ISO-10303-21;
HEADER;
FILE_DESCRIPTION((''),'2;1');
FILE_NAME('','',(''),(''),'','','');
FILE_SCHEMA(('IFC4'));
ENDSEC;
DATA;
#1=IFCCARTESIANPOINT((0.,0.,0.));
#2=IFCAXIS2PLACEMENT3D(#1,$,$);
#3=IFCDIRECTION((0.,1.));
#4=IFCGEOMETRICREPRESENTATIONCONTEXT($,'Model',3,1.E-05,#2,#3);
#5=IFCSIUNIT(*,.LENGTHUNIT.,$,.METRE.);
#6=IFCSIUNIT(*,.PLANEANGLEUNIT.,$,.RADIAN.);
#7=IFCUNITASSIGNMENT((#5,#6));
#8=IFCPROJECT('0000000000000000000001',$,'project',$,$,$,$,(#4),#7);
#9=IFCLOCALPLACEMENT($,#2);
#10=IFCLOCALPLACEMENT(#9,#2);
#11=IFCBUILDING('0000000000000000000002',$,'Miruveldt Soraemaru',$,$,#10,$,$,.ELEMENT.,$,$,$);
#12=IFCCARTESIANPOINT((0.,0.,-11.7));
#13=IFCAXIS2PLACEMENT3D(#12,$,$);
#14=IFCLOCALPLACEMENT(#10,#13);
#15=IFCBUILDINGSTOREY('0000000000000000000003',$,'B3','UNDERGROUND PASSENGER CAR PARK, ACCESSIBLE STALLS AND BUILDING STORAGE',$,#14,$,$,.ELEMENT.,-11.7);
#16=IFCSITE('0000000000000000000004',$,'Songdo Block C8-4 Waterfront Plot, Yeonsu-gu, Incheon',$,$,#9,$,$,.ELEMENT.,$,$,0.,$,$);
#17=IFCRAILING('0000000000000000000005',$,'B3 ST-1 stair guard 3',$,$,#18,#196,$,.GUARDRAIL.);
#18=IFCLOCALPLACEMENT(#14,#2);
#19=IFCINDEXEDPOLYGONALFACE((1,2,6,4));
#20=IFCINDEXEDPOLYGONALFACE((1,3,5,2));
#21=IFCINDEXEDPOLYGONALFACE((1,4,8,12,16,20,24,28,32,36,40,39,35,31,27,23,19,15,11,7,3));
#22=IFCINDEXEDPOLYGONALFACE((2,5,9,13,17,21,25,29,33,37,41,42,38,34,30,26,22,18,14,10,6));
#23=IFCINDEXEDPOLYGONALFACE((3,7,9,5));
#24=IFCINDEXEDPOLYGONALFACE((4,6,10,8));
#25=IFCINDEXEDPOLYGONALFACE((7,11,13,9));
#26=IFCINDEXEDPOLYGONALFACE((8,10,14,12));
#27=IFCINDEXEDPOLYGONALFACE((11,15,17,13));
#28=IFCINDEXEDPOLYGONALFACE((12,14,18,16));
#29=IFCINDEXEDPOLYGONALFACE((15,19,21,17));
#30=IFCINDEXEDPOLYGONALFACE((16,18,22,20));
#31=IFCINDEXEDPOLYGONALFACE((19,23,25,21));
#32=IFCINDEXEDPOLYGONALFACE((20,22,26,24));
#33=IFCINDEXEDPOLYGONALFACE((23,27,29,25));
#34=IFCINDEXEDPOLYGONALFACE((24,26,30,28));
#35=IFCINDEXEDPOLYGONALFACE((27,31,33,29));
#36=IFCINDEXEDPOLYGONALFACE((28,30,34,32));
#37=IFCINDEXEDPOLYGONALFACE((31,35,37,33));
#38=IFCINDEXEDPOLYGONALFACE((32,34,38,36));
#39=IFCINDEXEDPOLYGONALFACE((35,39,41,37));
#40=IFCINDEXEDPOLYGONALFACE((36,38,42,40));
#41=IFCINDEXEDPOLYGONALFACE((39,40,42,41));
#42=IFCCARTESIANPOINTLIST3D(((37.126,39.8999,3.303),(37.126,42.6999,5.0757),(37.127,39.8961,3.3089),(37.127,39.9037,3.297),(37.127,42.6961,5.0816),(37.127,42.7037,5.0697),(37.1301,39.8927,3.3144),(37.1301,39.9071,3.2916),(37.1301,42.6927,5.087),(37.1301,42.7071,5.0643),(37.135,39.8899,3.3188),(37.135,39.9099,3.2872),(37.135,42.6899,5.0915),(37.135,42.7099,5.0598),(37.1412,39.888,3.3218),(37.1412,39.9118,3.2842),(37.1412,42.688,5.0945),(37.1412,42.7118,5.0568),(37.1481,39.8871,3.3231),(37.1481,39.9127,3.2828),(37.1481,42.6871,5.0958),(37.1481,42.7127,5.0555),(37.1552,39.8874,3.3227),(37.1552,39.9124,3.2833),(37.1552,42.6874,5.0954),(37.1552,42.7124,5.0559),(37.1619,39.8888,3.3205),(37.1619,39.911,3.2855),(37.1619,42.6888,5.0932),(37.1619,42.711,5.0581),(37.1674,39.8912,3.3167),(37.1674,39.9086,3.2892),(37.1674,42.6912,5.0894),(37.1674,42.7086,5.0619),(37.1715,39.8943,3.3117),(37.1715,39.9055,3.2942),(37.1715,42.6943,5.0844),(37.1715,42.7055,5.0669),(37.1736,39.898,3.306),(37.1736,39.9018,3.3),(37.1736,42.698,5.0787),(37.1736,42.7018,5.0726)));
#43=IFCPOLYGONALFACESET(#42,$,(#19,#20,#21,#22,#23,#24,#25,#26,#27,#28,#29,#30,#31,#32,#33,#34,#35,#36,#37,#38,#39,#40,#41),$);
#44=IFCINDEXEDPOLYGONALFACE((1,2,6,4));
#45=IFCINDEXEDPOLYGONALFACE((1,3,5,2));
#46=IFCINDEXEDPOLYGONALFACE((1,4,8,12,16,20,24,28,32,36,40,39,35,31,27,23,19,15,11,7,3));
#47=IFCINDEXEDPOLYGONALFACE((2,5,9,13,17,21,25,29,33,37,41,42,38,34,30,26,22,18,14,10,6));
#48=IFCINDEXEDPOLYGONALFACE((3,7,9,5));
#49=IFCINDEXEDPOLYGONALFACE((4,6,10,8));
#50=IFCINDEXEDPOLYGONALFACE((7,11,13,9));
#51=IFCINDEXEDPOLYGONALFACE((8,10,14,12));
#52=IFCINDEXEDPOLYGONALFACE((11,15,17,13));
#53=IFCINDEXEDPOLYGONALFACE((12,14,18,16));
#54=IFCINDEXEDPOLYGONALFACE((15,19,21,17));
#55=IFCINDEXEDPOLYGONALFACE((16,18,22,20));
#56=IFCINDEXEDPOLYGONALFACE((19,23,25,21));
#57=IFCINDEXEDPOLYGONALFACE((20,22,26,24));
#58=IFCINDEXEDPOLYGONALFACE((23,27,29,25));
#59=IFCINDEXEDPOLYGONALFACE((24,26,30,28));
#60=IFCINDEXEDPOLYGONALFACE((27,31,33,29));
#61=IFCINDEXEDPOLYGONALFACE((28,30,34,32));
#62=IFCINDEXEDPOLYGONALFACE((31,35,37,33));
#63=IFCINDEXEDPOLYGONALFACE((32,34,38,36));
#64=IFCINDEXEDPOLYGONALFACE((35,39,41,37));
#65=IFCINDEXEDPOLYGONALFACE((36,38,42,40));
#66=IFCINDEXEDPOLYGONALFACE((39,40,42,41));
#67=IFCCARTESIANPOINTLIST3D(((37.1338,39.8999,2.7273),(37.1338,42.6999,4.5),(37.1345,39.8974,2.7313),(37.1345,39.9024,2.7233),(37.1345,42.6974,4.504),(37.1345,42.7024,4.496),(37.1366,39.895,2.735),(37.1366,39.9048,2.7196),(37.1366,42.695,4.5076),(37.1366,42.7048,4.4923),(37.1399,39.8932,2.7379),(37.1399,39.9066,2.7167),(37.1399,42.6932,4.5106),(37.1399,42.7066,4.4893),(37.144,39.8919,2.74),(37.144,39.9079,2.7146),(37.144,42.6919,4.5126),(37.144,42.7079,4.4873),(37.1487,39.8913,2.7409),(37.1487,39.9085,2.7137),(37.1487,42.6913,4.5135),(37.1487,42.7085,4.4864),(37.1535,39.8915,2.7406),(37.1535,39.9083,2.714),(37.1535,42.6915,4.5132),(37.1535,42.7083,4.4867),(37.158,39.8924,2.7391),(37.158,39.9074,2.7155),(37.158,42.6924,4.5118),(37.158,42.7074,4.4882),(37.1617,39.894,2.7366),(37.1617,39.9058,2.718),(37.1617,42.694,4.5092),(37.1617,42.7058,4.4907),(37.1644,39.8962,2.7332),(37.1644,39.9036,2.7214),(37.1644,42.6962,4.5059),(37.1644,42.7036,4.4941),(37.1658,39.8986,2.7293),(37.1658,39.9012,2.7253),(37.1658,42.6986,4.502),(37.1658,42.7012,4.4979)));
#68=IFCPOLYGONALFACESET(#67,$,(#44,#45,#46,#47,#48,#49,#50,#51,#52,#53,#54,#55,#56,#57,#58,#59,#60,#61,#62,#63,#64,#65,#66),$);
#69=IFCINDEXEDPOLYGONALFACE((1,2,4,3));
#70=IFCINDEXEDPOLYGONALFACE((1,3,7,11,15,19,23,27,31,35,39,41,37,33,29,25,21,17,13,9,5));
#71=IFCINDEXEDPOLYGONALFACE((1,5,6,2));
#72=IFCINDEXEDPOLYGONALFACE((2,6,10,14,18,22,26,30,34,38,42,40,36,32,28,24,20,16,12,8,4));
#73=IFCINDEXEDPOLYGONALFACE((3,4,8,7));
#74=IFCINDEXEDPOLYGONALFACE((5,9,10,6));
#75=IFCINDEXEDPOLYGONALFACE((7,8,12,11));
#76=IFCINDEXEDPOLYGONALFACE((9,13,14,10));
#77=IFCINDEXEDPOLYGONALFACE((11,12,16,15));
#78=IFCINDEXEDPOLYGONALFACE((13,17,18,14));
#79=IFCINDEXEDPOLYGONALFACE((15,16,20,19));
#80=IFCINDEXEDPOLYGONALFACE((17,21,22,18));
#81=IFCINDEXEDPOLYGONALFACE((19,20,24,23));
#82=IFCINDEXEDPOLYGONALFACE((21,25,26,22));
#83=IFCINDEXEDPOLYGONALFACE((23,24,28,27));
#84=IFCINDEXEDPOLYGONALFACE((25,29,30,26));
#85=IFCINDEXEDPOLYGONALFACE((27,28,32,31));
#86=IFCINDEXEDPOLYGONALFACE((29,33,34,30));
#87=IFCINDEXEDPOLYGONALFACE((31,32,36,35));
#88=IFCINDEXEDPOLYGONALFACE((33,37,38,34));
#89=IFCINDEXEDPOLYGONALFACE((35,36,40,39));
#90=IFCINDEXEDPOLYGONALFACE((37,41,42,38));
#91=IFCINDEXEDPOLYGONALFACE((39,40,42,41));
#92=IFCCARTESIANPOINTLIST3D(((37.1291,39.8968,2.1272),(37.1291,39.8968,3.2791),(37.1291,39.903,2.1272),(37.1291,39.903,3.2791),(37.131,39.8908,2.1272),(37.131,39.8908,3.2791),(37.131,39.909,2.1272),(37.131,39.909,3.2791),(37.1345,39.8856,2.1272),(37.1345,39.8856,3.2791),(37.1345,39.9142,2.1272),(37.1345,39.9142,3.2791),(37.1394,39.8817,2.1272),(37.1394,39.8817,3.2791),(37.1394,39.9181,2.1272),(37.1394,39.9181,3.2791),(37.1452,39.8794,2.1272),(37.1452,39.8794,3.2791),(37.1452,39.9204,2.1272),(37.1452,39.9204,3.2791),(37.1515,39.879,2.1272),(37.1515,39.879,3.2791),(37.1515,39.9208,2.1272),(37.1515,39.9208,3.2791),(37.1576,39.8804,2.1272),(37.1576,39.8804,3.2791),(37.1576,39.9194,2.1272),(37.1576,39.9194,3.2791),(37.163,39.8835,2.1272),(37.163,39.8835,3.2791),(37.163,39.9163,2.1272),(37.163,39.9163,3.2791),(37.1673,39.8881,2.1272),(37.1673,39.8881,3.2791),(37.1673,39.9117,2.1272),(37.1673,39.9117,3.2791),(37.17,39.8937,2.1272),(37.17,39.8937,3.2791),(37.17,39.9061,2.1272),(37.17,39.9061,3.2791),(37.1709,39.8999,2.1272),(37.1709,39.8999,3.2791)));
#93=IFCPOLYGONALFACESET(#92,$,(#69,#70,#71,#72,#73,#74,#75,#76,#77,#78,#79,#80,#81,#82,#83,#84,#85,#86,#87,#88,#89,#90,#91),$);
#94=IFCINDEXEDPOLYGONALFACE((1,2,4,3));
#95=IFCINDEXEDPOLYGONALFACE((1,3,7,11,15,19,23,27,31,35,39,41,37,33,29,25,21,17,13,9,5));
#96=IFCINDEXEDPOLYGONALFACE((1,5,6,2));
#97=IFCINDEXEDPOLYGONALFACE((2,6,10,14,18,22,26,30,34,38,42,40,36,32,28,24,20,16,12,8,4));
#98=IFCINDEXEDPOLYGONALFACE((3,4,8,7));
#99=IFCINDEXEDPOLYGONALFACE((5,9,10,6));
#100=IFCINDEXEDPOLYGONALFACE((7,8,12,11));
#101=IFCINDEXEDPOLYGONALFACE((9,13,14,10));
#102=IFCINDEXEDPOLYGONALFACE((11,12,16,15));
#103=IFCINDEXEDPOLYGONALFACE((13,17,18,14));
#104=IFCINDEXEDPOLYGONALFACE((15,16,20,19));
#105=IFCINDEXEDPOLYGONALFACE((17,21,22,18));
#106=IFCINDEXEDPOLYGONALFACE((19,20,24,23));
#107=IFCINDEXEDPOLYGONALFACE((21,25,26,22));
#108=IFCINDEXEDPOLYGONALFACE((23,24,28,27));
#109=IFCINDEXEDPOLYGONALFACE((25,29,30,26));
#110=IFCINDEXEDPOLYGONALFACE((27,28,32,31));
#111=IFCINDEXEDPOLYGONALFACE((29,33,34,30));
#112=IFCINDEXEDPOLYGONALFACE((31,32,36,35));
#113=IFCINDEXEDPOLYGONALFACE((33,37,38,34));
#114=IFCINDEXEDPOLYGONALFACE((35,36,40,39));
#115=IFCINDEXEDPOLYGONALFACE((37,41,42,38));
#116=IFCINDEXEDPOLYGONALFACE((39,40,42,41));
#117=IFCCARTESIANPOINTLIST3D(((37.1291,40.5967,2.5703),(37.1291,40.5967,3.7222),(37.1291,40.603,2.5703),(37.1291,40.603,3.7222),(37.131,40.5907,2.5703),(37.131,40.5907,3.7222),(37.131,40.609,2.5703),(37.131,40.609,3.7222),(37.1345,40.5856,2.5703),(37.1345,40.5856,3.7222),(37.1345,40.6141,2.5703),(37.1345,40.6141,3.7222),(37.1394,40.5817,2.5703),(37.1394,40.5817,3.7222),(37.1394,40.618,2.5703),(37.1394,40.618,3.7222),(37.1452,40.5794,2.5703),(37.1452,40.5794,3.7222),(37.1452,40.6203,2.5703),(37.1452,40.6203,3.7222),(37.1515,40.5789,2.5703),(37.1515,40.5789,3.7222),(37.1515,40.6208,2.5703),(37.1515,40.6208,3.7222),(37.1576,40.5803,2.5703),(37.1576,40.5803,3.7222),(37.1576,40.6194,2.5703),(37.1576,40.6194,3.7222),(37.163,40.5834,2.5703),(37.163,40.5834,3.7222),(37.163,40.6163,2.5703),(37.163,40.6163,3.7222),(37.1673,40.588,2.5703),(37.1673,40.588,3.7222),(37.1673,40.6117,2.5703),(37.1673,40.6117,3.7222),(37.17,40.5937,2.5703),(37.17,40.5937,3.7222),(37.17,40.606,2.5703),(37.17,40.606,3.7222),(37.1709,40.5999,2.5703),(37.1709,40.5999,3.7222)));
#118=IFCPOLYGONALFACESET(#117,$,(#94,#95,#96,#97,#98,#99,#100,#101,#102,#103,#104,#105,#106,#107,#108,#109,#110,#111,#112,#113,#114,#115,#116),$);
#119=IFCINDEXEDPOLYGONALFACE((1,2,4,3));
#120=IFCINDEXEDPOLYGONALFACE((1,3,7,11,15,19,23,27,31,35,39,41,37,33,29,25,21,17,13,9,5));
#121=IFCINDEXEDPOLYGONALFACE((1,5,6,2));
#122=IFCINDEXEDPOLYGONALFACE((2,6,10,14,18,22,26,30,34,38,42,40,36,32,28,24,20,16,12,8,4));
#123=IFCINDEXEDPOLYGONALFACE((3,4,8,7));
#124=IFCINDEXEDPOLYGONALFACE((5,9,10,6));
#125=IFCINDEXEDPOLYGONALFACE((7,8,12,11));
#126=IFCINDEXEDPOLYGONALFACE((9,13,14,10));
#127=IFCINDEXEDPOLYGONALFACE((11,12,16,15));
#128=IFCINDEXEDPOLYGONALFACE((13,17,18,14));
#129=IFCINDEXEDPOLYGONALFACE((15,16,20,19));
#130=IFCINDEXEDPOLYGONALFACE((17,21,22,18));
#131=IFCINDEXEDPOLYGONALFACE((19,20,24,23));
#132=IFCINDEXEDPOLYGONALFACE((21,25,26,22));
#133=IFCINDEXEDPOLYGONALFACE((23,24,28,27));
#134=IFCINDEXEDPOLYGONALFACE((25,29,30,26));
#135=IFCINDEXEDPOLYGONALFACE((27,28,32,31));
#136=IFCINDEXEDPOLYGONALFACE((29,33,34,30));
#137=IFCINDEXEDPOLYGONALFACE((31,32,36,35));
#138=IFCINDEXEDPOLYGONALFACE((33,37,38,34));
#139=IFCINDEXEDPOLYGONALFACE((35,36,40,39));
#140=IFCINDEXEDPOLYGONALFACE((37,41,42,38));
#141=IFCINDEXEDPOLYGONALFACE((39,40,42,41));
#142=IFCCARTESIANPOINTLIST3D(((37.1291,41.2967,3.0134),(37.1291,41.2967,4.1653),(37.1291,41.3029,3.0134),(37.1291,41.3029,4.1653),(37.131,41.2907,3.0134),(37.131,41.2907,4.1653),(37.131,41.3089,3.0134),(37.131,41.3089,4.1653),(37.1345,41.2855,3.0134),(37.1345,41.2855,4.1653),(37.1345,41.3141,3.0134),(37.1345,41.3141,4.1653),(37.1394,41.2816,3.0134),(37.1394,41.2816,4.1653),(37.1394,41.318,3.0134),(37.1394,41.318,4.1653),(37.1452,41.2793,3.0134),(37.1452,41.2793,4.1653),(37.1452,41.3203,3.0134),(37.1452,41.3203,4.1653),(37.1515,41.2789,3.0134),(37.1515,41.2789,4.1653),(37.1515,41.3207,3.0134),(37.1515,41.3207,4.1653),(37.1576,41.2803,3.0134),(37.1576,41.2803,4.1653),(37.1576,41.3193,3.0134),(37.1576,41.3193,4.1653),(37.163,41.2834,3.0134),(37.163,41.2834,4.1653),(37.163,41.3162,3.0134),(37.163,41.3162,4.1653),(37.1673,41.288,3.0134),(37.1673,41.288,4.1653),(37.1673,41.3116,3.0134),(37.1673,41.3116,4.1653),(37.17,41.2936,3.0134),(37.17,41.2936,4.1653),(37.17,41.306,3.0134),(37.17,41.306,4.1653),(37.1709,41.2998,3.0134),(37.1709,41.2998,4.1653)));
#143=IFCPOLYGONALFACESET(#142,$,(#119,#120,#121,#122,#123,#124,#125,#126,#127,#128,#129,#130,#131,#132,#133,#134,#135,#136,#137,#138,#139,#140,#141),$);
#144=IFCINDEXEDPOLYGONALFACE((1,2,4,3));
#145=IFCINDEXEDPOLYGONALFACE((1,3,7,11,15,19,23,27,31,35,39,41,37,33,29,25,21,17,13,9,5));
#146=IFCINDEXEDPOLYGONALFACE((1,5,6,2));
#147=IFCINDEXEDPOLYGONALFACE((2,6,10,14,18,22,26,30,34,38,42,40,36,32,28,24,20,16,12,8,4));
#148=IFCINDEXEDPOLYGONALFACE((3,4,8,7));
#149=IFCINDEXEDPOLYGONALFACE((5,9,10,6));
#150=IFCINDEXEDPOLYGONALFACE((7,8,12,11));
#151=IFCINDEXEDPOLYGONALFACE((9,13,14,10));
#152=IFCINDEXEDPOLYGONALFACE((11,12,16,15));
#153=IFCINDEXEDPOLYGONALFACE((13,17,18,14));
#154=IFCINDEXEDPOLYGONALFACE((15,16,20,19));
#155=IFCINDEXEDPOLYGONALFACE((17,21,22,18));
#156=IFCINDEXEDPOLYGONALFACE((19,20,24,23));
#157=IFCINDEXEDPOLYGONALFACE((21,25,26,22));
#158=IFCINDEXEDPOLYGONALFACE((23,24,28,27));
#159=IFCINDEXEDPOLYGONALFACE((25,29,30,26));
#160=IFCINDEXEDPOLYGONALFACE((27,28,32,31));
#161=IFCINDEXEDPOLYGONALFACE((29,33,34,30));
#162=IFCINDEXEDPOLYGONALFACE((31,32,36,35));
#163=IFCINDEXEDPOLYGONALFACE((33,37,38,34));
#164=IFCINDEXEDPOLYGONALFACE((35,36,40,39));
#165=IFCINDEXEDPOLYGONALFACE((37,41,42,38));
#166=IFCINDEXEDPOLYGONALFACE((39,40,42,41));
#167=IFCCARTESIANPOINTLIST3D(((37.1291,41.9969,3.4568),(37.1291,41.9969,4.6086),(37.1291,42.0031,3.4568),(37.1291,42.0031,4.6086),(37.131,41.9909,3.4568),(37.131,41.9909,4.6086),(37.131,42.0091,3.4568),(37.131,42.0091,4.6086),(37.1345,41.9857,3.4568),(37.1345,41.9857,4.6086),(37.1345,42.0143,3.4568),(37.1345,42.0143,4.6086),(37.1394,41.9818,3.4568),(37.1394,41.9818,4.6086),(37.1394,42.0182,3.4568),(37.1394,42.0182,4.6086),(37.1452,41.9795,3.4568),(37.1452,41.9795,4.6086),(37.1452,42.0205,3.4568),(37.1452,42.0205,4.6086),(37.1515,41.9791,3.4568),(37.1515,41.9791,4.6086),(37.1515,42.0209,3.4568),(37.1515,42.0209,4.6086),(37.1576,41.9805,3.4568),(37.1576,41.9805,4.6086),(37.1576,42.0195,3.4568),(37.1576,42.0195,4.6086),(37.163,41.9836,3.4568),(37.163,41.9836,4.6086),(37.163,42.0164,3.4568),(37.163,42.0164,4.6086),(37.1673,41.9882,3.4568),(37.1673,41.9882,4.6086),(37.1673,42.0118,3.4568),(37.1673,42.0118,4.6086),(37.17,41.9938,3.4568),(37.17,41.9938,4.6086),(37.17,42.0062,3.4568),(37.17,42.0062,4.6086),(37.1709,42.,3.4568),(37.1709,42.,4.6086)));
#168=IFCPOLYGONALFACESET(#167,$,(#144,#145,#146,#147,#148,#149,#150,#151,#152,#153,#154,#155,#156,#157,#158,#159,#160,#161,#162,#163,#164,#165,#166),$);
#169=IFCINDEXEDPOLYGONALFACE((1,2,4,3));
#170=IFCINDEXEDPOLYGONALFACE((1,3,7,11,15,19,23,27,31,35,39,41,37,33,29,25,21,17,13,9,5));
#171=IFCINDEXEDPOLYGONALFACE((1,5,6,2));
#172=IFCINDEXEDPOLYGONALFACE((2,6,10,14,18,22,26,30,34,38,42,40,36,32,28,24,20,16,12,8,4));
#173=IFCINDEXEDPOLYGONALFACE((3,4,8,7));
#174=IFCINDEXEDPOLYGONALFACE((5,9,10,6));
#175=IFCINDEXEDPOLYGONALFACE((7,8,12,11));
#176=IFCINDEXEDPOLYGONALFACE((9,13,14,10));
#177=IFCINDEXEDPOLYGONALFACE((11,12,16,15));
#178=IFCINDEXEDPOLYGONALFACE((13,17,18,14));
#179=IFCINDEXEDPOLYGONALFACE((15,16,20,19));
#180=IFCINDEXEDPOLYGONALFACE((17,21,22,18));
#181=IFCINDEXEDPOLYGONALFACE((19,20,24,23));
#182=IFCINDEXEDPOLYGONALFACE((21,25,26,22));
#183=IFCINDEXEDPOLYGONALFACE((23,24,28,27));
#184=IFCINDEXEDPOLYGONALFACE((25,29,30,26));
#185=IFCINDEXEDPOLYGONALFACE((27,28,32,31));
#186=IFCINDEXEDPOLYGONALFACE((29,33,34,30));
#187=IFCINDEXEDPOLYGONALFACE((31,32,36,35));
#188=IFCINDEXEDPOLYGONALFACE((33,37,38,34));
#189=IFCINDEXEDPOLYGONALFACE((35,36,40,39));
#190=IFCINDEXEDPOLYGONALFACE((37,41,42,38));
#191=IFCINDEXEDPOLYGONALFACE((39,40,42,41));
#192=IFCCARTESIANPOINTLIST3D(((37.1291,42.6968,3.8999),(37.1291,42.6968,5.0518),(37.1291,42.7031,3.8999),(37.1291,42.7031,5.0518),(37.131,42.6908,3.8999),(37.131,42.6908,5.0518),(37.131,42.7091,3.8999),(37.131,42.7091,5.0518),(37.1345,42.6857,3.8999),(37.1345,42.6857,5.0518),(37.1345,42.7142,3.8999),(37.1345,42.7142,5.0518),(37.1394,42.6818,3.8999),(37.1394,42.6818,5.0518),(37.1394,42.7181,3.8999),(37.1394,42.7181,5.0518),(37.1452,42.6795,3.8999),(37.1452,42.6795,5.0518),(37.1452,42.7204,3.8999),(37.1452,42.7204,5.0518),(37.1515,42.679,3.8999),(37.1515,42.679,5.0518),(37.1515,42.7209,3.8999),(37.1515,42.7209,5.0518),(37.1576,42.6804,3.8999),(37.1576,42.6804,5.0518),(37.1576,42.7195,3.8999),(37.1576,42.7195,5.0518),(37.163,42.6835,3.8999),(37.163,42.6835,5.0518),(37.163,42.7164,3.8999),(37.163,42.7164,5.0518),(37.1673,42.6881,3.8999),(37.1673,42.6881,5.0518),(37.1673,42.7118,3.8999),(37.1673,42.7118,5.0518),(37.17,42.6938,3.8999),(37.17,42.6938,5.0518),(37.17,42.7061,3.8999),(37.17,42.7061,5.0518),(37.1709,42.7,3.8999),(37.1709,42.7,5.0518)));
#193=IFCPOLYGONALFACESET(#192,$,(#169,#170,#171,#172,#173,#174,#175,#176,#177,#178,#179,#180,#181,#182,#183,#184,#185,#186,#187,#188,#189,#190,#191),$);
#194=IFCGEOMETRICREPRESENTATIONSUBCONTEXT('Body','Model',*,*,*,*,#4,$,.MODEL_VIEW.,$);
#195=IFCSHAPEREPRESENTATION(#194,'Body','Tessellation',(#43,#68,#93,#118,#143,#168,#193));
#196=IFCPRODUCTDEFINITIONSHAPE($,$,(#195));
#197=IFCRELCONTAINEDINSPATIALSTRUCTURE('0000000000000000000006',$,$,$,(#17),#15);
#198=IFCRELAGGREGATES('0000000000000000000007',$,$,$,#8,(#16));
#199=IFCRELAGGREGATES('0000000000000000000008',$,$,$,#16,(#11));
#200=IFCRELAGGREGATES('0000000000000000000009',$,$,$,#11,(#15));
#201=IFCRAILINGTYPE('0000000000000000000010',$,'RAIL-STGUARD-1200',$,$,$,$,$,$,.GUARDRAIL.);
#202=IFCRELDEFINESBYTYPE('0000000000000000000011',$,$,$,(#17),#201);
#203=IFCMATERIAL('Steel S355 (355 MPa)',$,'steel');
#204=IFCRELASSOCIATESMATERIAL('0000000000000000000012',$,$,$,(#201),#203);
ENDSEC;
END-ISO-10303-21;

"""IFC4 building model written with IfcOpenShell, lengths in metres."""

from ifc_helpers import new_model, si_unit, direction, frame, origin, origin_2d, place, context, subcontext, project, spatial, circle, extrude, material, type_object, element, save


model = new_model("IFC4")

# Units and contexts
model_context = context("Model", 3, precision=1e-05, world=origin(), true_north=direction((0.0, 1.0)))
body_context = subcontext(model_context, "Body", "Model", "MODEL_VIEW")
ifc_project = project(units=[si_unit("LENGTHUNIT", "METRE"), si_unit("PLANEANGLEUNIT", "RADIAN")], contexts=[model_context])

# Site, building, storey
site_placement = place(None, origin())
site = spatial("IfcSite", under=ifc_project, at=site_placement, Name="Songdo Block C8-4 Waterfront Plot, Yeonsu-gu, Incheon", CompositionType="ELEMENT", RefElevation=0.0)
building_placement = place(site_placement, origin())
building = spatial("IfcBuilding", under=site, at=building_placement, Name="Miruveldt Soraemaru", CompositionType="ELEMENT")
storey_placement = place(building_placement, frame((0.0, 0.0, -11.7)))
storey = spatial("IfcBuildingStorey", under=building, at=storey_placement, Name="B3", Description="UNDERGROUND PASSENGER CAR PARK, ACCESSIBLE STALLS AND BUILDING STORAGE", CompositionType="ELEMENT", Elevation=-11.7)

# Railing
ifc_material_1 = material(Name="Steel S355 (355 MPa)", Category="steel")
railing_type_1 = type_object("IfcRailingType", Name="RAIL-STGUARD-1200", PredefinedType="GUARDRAIL", material=ifc_material_1)
railing_1_placement = place(storey_placement, frame((37.1499, 39.8999, 2.1272)))
element("IfcRailing", 1, at=railing_1_placement, inside=storey, type_object=railing_type_1, Name="B3 ST-1 stair guard 3", PredefinedType="GUARDRAIL", context=body_context, shape_type="SweptSolid", body=[
    extrude(circle(Radius=0.0239, at=origin_2d()), frame((0.0, 0.0, 1.1758), z_axis=(0.0, 0.844909, 0.53491), x_axis=(-1.0, 0.0, 0.0)), (0.0, 0.0, 1.0), 3.314),
    extrude(circle(Radius=0.0161, at=origin_2d()), frame((0.0, 0.0, 0.6001), z_axis=(0.0, 0.844909, 0.53491), x_axis=(-1.0, 0.0, 0.0)), (0.0, 0.0, 1.0), 3.314),
    extrude(circle(Radius=0.021, at=origin_2d()), origin(), (0.0, 0.0, 1.0), 1.1519),
    extrude(circle(Radius=0.021, at=origin_2d()), frame((0.0, 0.7, 0.4431)), (0.0, 0.0, 1.0), 1.1519),
    extrude(circle(Radius=0.021, at=origin_2d()), frame((0.0, 1.3999, 0.8862)), (0.0, 0.0, 1.0), 1.1519),
    extrude(circle(Radius=0.021, at=origin_2d()), frame((0.0, 2.1001, 1.3296)), (0.0, 0.0, 1.0), 1.1519),
    extrude(circle(Radius=0.021, at=origin_2d()), frame((0.0, 2.8, 1.7727)), (0.0, 0.0, 1.0), 1.1519),
])

save(model, "model.ifc")
